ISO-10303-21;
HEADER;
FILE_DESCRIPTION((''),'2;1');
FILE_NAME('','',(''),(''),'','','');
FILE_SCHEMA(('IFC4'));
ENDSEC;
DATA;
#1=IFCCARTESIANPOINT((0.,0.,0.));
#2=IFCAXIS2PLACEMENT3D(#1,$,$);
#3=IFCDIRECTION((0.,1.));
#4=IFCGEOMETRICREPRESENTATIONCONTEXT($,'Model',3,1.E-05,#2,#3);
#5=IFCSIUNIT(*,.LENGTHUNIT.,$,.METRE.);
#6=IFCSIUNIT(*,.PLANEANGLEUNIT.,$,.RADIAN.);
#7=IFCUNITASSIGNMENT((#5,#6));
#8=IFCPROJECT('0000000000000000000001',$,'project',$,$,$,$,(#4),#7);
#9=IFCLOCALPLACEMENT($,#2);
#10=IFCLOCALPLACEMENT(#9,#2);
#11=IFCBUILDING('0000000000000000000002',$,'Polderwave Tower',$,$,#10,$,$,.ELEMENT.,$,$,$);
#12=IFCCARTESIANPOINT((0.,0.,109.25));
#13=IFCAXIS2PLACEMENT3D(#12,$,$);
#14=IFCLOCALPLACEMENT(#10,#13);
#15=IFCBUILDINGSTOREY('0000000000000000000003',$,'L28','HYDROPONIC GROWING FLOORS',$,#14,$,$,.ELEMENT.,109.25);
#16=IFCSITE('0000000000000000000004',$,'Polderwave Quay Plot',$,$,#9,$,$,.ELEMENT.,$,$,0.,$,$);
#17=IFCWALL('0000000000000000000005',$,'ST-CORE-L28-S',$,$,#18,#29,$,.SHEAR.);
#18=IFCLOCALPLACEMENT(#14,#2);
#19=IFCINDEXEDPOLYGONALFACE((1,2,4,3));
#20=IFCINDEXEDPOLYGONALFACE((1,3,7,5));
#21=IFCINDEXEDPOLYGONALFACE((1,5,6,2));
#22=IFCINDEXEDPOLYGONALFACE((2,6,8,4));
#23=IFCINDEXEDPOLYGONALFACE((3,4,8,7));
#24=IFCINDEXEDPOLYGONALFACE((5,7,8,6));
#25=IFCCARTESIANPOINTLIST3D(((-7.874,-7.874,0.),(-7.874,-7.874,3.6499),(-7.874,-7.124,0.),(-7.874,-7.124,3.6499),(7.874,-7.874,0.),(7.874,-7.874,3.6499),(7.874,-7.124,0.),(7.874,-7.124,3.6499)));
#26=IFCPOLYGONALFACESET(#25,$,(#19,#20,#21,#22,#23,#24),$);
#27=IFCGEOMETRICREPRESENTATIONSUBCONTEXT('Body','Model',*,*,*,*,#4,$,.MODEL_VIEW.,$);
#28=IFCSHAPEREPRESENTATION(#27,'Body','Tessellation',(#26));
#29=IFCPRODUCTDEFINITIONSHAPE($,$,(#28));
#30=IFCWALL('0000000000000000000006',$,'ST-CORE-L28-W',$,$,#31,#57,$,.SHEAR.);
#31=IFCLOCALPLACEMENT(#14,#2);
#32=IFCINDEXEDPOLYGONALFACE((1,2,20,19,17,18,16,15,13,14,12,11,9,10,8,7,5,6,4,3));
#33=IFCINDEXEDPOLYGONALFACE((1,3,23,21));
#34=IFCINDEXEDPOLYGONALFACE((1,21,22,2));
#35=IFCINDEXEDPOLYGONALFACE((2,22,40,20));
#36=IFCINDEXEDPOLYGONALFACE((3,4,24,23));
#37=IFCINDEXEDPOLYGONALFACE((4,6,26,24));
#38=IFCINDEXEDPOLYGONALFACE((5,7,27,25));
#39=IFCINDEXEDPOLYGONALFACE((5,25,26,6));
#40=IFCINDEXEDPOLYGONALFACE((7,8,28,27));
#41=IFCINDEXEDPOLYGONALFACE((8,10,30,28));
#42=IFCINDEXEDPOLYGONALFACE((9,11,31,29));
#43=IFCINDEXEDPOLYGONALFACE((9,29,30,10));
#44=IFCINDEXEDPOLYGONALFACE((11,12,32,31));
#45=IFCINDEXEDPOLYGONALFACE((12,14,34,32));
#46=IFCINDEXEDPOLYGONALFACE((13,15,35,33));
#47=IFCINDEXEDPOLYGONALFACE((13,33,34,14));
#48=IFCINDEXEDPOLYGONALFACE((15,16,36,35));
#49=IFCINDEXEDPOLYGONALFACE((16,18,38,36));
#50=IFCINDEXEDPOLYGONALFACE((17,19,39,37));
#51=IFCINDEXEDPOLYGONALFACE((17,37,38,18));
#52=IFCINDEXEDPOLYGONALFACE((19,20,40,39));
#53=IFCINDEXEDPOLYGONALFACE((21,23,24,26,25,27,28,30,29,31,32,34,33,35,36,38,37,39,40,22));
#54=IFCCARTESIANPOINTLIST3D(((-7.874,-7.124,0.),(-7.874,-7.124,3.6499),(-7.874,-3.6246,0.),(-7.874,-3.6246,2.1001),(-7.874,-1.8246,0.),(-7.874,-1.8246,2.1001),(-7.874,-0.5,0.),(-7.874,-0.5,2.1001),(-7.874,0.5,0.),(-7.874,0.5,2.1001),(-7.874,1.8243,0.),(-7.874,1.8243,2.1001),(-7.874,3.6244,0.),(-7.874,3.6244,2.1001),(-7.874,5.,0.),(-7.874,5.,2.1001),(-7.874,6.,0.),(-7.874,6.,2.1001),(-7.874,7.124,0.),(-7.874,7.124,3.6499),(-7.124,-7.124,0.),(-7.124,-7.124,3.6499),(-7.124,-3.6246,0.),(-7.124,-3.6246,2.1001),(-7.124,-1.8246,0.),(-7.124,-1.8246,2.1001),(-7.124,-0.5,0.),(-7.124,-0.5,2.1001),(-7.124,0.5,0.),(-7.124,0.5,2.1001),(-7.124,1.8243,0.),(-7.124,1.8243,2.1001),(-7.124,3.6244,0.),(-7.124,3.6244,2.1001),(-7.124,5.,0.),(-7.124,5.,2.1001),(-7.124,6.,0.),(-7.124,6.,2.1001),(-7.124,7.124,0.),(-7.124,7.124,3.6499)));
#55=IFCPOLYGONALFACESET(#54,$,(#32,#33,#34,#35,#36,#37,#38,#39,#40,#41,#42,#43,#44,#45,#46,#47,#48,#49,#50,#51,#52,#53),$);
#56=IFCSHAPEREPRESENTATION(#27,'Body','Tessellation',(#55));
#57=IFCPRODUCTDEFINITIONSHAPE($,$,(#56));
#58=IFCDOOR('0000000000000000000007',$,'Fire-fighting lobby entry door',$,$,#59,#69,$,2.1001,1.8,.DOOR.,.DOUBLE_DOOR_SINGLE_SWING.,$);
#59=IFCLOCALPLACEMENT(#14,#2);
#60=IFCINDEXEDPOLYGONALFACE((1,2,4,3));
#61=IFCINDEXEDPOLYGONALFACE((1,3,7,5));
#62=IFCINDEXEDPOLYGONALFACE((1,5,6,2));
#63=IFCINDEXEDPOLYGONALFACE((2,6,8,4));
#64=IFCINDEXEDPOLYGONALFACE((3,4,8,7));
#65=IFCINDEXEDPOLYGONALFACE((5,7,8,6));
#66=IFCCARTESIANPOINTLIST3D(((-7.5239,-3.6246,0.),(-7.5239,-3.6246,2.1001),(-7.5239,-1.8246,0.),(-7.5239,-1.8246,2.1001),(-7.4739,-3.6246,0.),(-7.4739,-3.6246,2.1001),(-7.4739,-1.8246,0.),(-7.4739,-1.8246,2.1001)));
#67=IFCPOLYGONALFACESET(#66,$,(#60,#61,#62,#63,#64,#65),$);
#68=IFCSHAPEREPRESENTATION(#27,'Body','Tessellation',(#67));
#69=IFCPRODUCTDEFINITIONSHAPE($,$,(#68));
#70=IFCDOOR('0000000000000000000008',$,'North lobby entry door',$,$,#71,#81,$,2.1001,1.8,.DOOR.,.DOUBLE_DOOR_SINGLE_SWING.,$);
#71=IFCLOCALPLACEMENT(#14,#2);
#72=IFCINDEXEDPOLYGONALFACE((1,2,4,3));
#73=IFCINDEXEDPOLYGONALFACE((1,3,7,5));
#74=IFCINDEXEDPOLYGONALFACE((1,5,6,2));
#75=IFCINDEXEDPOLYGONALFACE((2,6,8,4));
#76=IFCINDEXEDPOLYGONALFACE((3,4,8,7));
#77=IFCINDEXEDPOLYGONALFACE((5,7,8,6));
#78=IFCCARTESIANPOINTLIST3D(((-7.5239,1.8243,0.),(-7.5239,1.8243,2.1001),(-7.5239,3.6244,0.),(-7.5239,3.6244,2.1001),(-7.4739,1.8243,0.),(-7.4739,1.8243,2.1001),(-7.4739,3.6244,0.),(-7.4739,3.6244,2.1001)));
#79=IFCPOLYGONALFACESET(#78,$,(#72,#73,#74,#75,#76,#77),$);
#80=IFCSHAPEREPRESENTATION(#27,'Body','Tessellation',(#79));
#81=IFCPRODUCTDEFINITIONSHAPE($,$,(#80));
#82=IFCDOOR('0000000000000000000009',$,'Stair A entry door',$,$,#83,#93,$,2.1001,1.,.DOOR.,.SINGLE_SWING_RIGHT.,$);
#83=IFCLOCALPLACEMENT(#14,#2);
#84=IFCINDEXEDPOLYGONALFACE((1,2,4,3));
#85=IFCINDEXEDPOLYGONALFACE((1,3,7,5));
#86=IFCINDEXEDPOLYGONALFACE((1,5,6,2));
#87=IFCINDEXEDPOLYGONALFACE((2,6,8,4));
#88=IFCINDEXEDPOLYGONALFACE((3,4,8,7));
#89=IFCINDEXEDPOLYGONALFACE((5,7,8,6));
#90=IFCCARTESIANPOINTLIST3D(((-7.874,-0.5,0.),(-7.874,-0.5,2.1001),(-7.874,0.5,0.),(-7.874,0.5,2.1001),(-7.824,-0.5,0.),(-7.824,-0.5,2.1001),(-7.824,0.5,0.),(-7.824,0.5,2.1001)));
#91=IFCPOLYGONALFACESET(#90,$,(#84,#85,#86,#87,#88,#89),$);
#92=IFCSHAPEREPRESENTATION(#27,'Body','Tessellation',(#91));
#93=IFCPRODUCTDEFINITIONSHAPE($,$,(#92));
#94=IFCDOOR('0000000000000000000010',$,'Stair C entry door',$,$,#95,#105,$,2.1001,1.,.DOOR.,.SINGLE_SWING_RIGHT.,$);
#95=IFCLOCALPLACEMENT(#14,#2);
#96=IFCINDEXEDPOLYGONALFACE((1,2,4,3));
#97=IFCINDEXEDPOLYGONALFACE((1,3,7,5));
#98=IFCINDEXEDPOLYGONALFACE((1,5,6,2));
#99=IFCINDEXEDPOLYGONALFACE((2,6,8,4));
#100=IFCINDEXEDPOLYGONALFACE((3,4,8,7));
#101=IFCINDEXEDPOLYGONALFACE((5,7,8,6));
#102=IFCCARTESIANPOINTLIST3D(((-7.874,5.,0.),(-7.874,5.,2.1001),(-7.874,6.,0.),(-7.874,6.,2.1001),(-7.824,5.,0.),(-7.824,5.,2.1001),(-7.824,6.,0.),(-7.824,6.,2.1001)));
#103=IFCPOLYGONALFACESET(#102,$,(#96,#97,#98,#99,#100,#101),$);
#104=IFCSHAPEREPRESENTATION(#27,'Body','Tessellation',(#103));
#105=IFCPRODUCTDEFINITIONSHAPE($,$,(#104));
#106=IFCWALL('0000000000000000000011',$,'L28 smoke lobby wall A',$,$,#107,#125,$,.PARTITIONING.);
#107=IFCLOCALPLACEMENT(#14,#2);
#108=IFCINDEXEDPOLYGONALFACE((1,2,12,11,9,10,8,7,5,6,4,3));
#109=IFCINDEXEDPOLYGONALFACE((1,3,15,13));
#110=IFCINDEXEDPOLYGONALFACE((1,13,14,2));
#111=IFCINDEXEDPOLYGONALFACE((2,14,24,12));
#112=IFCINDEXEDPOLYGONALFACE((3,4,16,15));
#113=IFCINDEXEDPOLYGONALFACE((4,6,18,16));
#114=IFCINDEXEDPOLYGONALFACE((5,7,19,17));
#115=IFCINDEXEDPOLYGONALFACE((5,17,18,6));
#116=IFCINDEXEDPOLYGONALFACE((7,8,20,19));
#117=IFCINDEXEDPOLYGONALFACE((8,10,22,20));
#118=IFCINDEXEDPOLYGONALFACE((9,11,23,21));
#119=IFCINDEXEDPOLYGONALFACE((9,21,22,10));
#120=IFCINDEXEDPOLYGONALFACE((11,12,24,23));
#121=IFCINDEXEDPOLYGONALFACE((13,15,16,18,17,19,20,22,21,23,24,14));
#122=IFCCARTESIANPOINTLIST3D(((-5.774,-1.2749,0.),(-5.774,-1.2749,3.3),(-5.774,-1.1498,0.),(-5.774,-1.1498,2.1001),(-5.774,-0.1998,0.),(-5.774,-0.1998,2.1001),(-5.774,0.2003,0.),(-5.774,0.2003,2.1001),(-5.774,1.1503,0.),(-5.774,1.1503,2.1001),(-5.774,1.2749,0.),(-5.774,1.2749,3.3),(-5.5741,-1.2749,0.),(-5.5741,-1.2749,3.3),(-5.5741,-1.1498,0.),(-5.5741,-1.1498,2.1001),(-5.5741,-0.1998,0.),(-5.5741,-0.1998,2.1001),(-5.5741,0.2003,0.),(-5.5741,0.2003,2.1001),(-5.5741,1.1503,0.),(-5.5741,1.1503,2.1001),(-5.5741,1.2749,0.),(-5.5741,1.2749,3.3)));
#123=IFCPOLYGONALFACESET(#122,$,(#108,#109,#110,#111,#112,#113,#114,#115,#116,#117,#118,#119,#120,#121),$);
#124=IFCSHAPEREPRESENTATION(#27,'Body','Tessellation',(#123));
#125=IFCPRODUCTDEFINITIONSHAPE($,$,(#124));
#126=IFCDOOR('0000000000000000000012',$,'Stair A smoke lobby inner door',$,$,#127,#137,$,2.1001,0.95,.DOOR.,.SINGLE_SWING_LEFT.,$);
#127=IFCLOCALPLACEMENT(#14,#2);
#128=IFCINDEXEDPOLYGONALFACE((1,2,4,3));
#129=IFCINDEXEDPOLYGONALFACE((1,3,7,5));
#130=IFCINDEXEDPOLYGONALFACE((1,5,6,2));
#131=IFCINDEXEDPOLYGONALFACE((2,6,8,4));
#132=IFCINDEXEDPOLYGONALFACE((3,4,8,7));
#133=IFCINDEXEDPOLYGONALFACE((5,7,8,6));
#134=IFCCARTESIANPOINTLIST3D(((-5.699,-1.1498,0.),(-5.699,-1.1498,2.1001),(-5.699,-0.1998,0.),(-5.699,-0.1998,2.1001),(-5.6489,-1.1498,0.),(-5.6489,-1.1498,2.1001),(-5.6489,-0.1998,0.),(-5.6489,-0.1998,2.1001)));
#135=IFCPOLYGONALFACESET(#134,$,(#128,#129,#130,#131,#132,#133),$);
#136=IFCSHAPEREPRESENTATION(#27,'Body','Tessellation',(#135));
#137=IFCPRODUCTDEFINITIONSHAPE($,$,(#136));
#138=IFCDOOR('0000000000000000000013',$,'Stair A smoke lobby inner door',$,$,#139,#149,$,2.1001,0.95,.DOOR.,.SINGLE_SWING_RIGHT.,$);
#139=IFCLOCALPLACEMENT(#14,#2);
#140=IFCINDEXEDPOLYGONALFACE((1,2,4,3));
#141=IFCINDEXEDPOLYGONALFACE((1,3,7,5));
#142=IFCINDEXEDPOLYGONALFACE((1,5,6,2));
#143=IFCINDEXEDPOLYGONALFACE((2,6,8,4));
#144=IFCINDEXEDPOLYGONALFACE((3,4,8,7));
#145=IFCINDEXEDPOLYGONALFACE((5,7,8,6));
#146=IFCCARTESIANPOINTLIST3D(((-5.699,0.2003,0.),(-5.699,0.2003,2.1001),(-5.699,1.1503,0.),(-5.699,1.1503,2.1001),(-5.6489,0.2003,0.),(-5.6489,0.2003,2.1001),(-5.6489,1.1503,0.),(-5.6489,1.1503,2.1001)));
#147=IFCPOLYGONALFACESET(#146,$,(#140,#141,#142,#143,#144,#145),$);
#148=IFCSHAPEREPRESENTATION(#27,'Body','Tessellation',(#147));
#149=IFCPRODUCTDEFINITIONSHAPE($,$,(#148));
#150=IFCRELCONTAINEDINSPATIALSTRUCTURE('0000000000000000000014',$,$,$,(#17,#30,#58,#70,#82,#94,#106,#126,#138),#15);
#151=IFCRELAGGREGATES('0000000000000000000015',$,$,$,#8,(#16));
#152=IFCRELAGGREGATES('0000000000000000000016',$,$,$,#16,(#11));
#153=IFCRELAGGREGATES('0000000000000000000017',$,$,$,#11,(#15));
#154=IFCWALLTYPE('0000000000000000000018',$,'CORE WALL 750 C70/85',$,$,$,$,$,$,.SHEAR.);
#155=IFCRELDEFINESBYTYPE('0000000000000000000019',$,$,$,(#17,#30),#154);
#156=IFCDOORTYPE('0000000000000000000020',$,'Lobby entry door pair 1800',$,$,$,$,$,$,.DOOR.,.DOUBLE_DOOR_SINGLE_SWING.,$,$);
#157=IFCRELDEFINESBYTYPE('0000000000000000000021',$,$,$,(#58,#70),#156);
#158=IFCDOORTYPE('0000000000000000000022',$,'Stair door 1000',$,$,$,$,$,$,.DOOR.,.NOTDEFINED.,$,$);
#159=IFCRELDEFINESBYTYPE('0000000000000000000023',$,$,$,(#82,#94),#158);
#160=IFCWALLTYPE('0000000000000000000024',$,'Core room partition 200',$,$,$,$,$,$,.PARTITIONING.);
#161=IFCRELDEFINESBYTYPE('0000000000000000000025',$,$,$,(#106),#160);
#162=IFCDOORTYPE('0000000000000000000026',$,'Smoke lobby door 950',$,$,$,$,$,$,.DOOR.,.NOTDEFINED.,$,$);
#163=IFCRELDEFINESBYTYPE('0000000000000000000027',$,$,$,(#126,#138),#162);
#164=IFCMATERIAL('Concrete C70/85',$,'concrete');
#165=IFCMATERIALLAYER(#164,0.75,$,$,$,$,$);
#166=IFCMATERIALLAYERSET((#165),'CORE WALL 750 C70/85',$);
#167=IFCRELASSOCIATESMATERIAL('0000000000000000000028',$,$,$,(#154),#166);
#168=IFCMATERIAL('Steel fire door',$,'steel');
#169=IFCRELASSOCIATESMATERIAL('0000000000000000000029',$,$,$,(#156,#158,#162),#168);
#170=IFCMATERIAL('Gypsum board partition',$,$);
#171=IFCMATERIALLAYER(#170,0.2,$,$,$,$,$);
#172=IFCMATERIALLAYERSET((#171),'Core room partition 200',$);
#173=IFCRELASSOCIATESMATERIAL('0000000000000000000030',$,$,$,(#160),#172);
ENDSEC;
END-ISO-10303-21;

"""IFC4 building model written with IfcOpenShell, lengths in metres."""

from ifc_helpers import new_model, si_unit, direction, frame, frame_2d, origin, place, context, subcontext, project, spatial, rectangle, extrude, material, layer, layer_set, type_object, element, fill, save


model = new_model("IFC4")

# Units and contexts
model_context = context("Model", 3, precision=1e-05, world=origin(), true_north=direction((0.0, 1.0)))
body_context = subcontext(model_context, "Body", "Model", "MODEL_VIEW")
ifc_project = project(units=[si_unit("LENGTHUNIT", "METRE"), si_unit("PLANEANGLEUNIT", "RADIAN")], contexts=[model_context])

# Site, building, storey
site_placement = place(None, origin())
site = spatial("IfcSite", under=ifc_project, at=site_placement, Name="Polderwave Quay Plot", CompositionType="ELEMENT", RefElevation=0.0)
building_placement = place(site_placement, origin())
building = spatial("IfcBuilding", under=site, at=building_placement, Name="Polderwave Tower", CompositionType="ELEMENT")
storey_placement = place(building_placement, frame((0.0, 0.0, 109.25)))
storey = spatial("IfcBuildingStorey", under=building, at=storey_placement, Name="L28", Description="HYDROPONIC GROWING FLOORS", CompositionType="ELEMENT", Elevation=109.25)

# Wall
ifc_material_1 = material(Name="Concrete C70/85", Category="concrete")
ifc_layer_1 = layer(ifc_material_1, 0.75)
ifc_layer_set_1 = layer_set([ifc_layer_1], Name="CORE WALL 750 C70/85")
wall_type_1 = type_object("IfcWallType", Name="CORE WALL 750 C70/85", PredefinedType="SHEAR", material=ifc_layer_set_1)
wall_1_placement = place(storey_placement, frame((-7.874, -7.499, 0.0), z_axis=(0.0, 0.0, 1.0), x_axis=(1.0, 0.0, 0.0)))
element("IfcWall", 1, at=wall_1_placement, inside=storey, type_object=wall_type_1, Name="ST-CORE-L28-S", PredefinedType="SHEAR", context=body_context, shape_type="SweptSolid", body=[
    extrude(rectangle(XDim=15.748, YDim=0.75, at=frame_2d((7.874, 0.0))), origin(), (0.0, 0.0, 1.0), 3.6499),
])

# Walls, openings, doors
wall_2_placement = place(storey_placement, frame((-7.499, -7.124, 0.0), z_axis=(0.0, 0.0, 1.0), x_axis=(0.0, 1.0, 0.0)))
wall_2 = element("IfcWall", 2, at=wall_2_placement, inside=storey, type_object=wall_type_1, Name="ST-CORE-L28-W", PredefinedType="SHEAR", context=body_context, shape_type="SweptSolid", body=[
    extrude(rectangle(XDim=14.248, YDim=0.75, at=frame_2d((7.124, 0.0))), origin(), (0.0, 0.0, 1.0), 3.6499),
])
opening_1_placement = place(wall_2_placement, frame((6.624, 0.0, 0.0)))
opening_1 = element("IfcOpeningElement", 3, at=opening_1_placement, cuts=wall_2, PredefinedType="OPENING", context=body_context, shape_type="SweptSolid", body=[
    extrude(rectangle(XDim=1.0, YDim=2.1001, at=frame_2d((0.5, 1.05))), frame((0.0, 0.385, 0.0), z_axis=(0.0, -1.0, 0.0), x_axis=(1.0, 0.0, 0.0)), (0.0, 0.0, 1.0), 0.77),
])
opening_2_placement = place(wall_2_placement, frame((3.4995, 0.0, 0.0)))
opening_2 = element("IfcOpeningElement", 4, at=opening_2_placement, cuts=wall_2, PredefinedType="OPENING", context=body_context, shape_type="SweptSolid", body=[
    extrude(rectangle(XDim=1.8, YDim=2.1001, at=frame_2d((0.8999, 1.05))), frame((0.0, 0.385, 0.0), z_axis=(0.0, -1.0, 0.0), x_axis=(1.0, 0.0, 0.0)), (0.0, 0.0, 1.0), 0.77),
])
opening_3_placement = place(wall_2_placement, frame((8.9485, 0.0, 0.0)))
opening_3 = element("IfcOpeningElement", 5, at=opening_3_placement, cuts=wall_2, PredefinedType="OPENING", context=body_context, shape_type="SweptSolid", body=[
    extrude(rectangle(XDim=1.8, YDim=2.1001, at=frame_2d((0.8999, 1.05))), frame((0.0, 0.385, 0.0), z_axis=(0.0, -1.0, 0.0), x_axis=(1.0, 0.0, 0.0)), (0.0, 0.0, 1.0), 0.77),
])
opening_4_placement = place(wall_2_placement, frame((12.124, 0.0, 0.0)))
opening_4 = element("IfcOpeningElement", 6, at=opening_4_placement, cuts=wall_2, PredefinedType="OPENING", context=body_context, shape_type="SweptSolid", body=[
    extrude(rectangle(XDim=1.0, YDim=2.1001, at=frame_2d((0.5, 1.05))), frame((0.0, 0.385, 0.0), z_axis=(0.0, -1.0, 0.0), x_axis=(1.0, 0.0, 0.0)), (0.0, 0.0, 1.0), 0.77),
])
ifc_material_2 = material(Name="Steel fire door", Category="steel")
door_type_1 = type_object("IfcDoorType", Name="Lobby entry door pair 1800", OperationType="DOUBLE_DOOR_SINGLE_SWING", PredefinedType="DOOR", material=ifc_material_2)
door_1_placement = place(opening_2_placement, origin())
door_1 = element("IfcDoor", 7, at=door_1_placement, inside=storey, type_object=door_type_1, Name="Fire-fighting lobby entry door", OperationType="DOUBLE_DOOR_SINGLE_SWING", OverallHeight=2.1001, OverallWidth=1.8, PredefinedType="DOOR", context=body_context, shape_type="SweptSolid", body=[
    extrude(rectangle(XDim=1.8, YDim=2.1001, at=frame_2d((0.8999, 1.05))), frame((0.0, 0.0249, 0.0), z_axis=(0.0, -1.0, 0.0), x_axis=(1.0, 0.0, 0.0)), (0.0, 0.0, 1.0), 0.05),
])
fill(opening_2, door_1)
door_2_placement = place(opening_3_placement, origin())
door_2 = element("IfcDoor", 8, at=door_2_placement, inside=storey, type_object=door_type_1, Name="North lobby entry door", OperationType="DOUBLE_DOOR_SINGLE_SWING", OverallHeight=2.1001, OverallWidth=1.8, PredefinedType="DOOR", context=body_context, shape_type="SweptSolid", body=[
    extrude(rectangle(XDim=1.8, YDim=2.1001, at=frame_2d((0.8999, 1.05))), frame((0.0, 0.0249, 0.0), z_axis=(0.0, -1.0, 0.0), x_axis=(1.0, 0.0, 0.0)), (0.0, 0.0, 1.0), 0.05),
])
fill(opening_3, door_2)
door_type_2 = type_object("IfcDoorType", Name="Stair door 1000", OperationType="NOTDEFINED", PredefinedType="DOOR", material=ifc_material_2)
door_3_placement = place(opening_1_placement, origin())
door_3 = element("IfcDoor", 9, at=door_3_placement, inside=storey, type_object=door_type_2, Name="Stair A entry door", OperationType="SINGLE_SWING_RIGHT", OverallHeight=2.1001, OverallWidth=1.0, PredefinedType="DOOR", context=body_context, shape_type="SweptSolid", body=[
    extrude(rectangle(XDim=1.0, YDim=2.1001, at=frame_2d((0.5, 1.05))), frame((0.0, 0.375, 0.0), z_axis=(0.0, -1.0, 0.0), x_axis=(1.0, 0.0, 0.0)), (0.0, 0.0, 1.0), 0.05),
])
fill(opening_1, door_3)
door_4_placement = place(opening_4_placement, origin())
door_4 = element("IfcDoor", 10, at=door_4_placement, inside=storey, type_object=door_type_2, Name="Stair C entry door", OperationType="SINGLE_SWING_RIGHT", OverallHeight=2.1001, OverallWidth=1.0, PredefinedType="DOOR", context=body_context, shape_type="SweptSolid", body=[
    extrude(rectangle(XDim=1.0, YDim=2.1001, at=frame_2d((0.5, 1.05))), frame((0.0, 0.375, 0.0), z_axis=(0.0, -1.0, 0.0), x_axis=(1.0, 0.0, 0.0)), (0.0, 0.0, 1.0), 0.05),
])
fill(opening_4, door_4)
ifc_material_3 = material(Name="Gypsum board partition")
ifc_layer_2 = layer(ifc_material_3, 0.2)
ifc_layer_set_2 = layer_set([ifc_layer_2], Name="Core room partition 200")
wall_type_2 = type_object("IfcWallType", Name="Core room partition 200", PredefinedType="PARTITIONING", material=ifc_layer_set_2)
wall_3_placement = place(storey_placement, frame((-5.6741, -1.2749, 0.0), z_axis=(0.0, 0.0, 1.0), x_axis=(0.0, 1.0, 0.0)))
wall_3 = element("IfcWall", 11, at=wall_3_placement, inside=storey, type_object=wall_type_2, Name="L28 smoke lobby wall A", PredefinedType="PARTITIONING", context=body_context, shape_type="SweptSolid", body=[
    extrude(rectangle(XDim=2.5498, YDim=0.2, at=frame_2d((1.2749, 0.0))), origin(), (0.0, 0.0, 1.0), 3.3),
])
opening_5_placement = place(wall_3_placement, frame((0.125, 0.0, 0.0)))
opening_5 = element("IfcOpeningElement", 12, at=opening_5_placement, cuts=wall_3, PredefinedType="OPENING", context=body_context, shape_type="SweptSolid", body=[
    extrude(rectangle(XDim=0.95, YDim=2.1001, at=frame_2d((0.4751, 1.05))), frame((0.0, 0.1099, 0.0), z_axis=(0.0, -1.0, 0.0), x_axis=(1.0, 0.0, 0.0)), (0.0, 0.0, 1.0), 0.22),
])
opening_6_placement = place(wall_3_placement, frame((1.4751, 0.0, 0.0)))
opening_6 = element("IfcOpeningElement", 13, at=opening_6_placement, cuts=wall_3, PredefinedType="OPENING", context=body_context, shape_type="SweptSolid", body=[
    extrude(rectangle(XDim=0.95, YDim=2.1001, at=frame_2d((0.4751, 1.05))), frame((0.0, 0.1099, 0.0), z_axis=(0.0, -1.0, 0.0), x_axis=(1.0, 0.0, 0.0)), (0.0, 0.0, 1.0), 0.22),
])
door_type_3 = type_object("IfcDoorType", Name="Smoke lobby door 950", OperationType="NOTDEFINED", PredefinedType="DOOR", material=ifc_material_2)
door_5_placement = place(opening_5_placement, origin())
door_5 = element("IfcDoor", 14, at=door_5_placement, inside=storey, type_object=door_type_3, Name="Stair A smoke lobby inner door", OperationType="SINGLE_SWING_LEFT", OverallHeight=2.1001, OverallWidth=0.95, PredefinedType="DOOR", context=body_context, shape_type="SweptSolid", body=[
    extrude(rectangle(XDim=0.95, YDim=2.1001, at=frame_2d((0.4751, 1.05))), frame((0.0, 0.0249, 0.0), z_axis=(0.0, -1.0, 0.0), x_axis=(1.0, 0.0, 0.0)), (0.0, 0.0, 1.0), 0.05),
])
fill(opening_5, door_5)
door_6_placement = place(opening_6_placement, origin())
door_6 = element("IfcDoor", 15, at=door_6_placement, inside=storey, type_object=door_type_3, Name="Stair A smoke lobby inner door", OperationType="SINGLE_SWING_RIGHT", OverallHeight=2.1001, OverallWidth=0.95, PredefinedType="DOOR", context=body_context, shape_type="SweptSolid", body=[
    extrude(rectangle(XDim=0.95, YDim=2.1001, at=frame_2d((0.4751, 1.05))), frame((0.0, 0.0249, 0.0), z_axis=(0.0, -1.0, 0.0), x_axis=(1.0, 0.0, 0.0)), (0.0, 0.0, 1.0), 0.05),
])
fill(opening_6, door_6)

save(model, "model.ifc")
